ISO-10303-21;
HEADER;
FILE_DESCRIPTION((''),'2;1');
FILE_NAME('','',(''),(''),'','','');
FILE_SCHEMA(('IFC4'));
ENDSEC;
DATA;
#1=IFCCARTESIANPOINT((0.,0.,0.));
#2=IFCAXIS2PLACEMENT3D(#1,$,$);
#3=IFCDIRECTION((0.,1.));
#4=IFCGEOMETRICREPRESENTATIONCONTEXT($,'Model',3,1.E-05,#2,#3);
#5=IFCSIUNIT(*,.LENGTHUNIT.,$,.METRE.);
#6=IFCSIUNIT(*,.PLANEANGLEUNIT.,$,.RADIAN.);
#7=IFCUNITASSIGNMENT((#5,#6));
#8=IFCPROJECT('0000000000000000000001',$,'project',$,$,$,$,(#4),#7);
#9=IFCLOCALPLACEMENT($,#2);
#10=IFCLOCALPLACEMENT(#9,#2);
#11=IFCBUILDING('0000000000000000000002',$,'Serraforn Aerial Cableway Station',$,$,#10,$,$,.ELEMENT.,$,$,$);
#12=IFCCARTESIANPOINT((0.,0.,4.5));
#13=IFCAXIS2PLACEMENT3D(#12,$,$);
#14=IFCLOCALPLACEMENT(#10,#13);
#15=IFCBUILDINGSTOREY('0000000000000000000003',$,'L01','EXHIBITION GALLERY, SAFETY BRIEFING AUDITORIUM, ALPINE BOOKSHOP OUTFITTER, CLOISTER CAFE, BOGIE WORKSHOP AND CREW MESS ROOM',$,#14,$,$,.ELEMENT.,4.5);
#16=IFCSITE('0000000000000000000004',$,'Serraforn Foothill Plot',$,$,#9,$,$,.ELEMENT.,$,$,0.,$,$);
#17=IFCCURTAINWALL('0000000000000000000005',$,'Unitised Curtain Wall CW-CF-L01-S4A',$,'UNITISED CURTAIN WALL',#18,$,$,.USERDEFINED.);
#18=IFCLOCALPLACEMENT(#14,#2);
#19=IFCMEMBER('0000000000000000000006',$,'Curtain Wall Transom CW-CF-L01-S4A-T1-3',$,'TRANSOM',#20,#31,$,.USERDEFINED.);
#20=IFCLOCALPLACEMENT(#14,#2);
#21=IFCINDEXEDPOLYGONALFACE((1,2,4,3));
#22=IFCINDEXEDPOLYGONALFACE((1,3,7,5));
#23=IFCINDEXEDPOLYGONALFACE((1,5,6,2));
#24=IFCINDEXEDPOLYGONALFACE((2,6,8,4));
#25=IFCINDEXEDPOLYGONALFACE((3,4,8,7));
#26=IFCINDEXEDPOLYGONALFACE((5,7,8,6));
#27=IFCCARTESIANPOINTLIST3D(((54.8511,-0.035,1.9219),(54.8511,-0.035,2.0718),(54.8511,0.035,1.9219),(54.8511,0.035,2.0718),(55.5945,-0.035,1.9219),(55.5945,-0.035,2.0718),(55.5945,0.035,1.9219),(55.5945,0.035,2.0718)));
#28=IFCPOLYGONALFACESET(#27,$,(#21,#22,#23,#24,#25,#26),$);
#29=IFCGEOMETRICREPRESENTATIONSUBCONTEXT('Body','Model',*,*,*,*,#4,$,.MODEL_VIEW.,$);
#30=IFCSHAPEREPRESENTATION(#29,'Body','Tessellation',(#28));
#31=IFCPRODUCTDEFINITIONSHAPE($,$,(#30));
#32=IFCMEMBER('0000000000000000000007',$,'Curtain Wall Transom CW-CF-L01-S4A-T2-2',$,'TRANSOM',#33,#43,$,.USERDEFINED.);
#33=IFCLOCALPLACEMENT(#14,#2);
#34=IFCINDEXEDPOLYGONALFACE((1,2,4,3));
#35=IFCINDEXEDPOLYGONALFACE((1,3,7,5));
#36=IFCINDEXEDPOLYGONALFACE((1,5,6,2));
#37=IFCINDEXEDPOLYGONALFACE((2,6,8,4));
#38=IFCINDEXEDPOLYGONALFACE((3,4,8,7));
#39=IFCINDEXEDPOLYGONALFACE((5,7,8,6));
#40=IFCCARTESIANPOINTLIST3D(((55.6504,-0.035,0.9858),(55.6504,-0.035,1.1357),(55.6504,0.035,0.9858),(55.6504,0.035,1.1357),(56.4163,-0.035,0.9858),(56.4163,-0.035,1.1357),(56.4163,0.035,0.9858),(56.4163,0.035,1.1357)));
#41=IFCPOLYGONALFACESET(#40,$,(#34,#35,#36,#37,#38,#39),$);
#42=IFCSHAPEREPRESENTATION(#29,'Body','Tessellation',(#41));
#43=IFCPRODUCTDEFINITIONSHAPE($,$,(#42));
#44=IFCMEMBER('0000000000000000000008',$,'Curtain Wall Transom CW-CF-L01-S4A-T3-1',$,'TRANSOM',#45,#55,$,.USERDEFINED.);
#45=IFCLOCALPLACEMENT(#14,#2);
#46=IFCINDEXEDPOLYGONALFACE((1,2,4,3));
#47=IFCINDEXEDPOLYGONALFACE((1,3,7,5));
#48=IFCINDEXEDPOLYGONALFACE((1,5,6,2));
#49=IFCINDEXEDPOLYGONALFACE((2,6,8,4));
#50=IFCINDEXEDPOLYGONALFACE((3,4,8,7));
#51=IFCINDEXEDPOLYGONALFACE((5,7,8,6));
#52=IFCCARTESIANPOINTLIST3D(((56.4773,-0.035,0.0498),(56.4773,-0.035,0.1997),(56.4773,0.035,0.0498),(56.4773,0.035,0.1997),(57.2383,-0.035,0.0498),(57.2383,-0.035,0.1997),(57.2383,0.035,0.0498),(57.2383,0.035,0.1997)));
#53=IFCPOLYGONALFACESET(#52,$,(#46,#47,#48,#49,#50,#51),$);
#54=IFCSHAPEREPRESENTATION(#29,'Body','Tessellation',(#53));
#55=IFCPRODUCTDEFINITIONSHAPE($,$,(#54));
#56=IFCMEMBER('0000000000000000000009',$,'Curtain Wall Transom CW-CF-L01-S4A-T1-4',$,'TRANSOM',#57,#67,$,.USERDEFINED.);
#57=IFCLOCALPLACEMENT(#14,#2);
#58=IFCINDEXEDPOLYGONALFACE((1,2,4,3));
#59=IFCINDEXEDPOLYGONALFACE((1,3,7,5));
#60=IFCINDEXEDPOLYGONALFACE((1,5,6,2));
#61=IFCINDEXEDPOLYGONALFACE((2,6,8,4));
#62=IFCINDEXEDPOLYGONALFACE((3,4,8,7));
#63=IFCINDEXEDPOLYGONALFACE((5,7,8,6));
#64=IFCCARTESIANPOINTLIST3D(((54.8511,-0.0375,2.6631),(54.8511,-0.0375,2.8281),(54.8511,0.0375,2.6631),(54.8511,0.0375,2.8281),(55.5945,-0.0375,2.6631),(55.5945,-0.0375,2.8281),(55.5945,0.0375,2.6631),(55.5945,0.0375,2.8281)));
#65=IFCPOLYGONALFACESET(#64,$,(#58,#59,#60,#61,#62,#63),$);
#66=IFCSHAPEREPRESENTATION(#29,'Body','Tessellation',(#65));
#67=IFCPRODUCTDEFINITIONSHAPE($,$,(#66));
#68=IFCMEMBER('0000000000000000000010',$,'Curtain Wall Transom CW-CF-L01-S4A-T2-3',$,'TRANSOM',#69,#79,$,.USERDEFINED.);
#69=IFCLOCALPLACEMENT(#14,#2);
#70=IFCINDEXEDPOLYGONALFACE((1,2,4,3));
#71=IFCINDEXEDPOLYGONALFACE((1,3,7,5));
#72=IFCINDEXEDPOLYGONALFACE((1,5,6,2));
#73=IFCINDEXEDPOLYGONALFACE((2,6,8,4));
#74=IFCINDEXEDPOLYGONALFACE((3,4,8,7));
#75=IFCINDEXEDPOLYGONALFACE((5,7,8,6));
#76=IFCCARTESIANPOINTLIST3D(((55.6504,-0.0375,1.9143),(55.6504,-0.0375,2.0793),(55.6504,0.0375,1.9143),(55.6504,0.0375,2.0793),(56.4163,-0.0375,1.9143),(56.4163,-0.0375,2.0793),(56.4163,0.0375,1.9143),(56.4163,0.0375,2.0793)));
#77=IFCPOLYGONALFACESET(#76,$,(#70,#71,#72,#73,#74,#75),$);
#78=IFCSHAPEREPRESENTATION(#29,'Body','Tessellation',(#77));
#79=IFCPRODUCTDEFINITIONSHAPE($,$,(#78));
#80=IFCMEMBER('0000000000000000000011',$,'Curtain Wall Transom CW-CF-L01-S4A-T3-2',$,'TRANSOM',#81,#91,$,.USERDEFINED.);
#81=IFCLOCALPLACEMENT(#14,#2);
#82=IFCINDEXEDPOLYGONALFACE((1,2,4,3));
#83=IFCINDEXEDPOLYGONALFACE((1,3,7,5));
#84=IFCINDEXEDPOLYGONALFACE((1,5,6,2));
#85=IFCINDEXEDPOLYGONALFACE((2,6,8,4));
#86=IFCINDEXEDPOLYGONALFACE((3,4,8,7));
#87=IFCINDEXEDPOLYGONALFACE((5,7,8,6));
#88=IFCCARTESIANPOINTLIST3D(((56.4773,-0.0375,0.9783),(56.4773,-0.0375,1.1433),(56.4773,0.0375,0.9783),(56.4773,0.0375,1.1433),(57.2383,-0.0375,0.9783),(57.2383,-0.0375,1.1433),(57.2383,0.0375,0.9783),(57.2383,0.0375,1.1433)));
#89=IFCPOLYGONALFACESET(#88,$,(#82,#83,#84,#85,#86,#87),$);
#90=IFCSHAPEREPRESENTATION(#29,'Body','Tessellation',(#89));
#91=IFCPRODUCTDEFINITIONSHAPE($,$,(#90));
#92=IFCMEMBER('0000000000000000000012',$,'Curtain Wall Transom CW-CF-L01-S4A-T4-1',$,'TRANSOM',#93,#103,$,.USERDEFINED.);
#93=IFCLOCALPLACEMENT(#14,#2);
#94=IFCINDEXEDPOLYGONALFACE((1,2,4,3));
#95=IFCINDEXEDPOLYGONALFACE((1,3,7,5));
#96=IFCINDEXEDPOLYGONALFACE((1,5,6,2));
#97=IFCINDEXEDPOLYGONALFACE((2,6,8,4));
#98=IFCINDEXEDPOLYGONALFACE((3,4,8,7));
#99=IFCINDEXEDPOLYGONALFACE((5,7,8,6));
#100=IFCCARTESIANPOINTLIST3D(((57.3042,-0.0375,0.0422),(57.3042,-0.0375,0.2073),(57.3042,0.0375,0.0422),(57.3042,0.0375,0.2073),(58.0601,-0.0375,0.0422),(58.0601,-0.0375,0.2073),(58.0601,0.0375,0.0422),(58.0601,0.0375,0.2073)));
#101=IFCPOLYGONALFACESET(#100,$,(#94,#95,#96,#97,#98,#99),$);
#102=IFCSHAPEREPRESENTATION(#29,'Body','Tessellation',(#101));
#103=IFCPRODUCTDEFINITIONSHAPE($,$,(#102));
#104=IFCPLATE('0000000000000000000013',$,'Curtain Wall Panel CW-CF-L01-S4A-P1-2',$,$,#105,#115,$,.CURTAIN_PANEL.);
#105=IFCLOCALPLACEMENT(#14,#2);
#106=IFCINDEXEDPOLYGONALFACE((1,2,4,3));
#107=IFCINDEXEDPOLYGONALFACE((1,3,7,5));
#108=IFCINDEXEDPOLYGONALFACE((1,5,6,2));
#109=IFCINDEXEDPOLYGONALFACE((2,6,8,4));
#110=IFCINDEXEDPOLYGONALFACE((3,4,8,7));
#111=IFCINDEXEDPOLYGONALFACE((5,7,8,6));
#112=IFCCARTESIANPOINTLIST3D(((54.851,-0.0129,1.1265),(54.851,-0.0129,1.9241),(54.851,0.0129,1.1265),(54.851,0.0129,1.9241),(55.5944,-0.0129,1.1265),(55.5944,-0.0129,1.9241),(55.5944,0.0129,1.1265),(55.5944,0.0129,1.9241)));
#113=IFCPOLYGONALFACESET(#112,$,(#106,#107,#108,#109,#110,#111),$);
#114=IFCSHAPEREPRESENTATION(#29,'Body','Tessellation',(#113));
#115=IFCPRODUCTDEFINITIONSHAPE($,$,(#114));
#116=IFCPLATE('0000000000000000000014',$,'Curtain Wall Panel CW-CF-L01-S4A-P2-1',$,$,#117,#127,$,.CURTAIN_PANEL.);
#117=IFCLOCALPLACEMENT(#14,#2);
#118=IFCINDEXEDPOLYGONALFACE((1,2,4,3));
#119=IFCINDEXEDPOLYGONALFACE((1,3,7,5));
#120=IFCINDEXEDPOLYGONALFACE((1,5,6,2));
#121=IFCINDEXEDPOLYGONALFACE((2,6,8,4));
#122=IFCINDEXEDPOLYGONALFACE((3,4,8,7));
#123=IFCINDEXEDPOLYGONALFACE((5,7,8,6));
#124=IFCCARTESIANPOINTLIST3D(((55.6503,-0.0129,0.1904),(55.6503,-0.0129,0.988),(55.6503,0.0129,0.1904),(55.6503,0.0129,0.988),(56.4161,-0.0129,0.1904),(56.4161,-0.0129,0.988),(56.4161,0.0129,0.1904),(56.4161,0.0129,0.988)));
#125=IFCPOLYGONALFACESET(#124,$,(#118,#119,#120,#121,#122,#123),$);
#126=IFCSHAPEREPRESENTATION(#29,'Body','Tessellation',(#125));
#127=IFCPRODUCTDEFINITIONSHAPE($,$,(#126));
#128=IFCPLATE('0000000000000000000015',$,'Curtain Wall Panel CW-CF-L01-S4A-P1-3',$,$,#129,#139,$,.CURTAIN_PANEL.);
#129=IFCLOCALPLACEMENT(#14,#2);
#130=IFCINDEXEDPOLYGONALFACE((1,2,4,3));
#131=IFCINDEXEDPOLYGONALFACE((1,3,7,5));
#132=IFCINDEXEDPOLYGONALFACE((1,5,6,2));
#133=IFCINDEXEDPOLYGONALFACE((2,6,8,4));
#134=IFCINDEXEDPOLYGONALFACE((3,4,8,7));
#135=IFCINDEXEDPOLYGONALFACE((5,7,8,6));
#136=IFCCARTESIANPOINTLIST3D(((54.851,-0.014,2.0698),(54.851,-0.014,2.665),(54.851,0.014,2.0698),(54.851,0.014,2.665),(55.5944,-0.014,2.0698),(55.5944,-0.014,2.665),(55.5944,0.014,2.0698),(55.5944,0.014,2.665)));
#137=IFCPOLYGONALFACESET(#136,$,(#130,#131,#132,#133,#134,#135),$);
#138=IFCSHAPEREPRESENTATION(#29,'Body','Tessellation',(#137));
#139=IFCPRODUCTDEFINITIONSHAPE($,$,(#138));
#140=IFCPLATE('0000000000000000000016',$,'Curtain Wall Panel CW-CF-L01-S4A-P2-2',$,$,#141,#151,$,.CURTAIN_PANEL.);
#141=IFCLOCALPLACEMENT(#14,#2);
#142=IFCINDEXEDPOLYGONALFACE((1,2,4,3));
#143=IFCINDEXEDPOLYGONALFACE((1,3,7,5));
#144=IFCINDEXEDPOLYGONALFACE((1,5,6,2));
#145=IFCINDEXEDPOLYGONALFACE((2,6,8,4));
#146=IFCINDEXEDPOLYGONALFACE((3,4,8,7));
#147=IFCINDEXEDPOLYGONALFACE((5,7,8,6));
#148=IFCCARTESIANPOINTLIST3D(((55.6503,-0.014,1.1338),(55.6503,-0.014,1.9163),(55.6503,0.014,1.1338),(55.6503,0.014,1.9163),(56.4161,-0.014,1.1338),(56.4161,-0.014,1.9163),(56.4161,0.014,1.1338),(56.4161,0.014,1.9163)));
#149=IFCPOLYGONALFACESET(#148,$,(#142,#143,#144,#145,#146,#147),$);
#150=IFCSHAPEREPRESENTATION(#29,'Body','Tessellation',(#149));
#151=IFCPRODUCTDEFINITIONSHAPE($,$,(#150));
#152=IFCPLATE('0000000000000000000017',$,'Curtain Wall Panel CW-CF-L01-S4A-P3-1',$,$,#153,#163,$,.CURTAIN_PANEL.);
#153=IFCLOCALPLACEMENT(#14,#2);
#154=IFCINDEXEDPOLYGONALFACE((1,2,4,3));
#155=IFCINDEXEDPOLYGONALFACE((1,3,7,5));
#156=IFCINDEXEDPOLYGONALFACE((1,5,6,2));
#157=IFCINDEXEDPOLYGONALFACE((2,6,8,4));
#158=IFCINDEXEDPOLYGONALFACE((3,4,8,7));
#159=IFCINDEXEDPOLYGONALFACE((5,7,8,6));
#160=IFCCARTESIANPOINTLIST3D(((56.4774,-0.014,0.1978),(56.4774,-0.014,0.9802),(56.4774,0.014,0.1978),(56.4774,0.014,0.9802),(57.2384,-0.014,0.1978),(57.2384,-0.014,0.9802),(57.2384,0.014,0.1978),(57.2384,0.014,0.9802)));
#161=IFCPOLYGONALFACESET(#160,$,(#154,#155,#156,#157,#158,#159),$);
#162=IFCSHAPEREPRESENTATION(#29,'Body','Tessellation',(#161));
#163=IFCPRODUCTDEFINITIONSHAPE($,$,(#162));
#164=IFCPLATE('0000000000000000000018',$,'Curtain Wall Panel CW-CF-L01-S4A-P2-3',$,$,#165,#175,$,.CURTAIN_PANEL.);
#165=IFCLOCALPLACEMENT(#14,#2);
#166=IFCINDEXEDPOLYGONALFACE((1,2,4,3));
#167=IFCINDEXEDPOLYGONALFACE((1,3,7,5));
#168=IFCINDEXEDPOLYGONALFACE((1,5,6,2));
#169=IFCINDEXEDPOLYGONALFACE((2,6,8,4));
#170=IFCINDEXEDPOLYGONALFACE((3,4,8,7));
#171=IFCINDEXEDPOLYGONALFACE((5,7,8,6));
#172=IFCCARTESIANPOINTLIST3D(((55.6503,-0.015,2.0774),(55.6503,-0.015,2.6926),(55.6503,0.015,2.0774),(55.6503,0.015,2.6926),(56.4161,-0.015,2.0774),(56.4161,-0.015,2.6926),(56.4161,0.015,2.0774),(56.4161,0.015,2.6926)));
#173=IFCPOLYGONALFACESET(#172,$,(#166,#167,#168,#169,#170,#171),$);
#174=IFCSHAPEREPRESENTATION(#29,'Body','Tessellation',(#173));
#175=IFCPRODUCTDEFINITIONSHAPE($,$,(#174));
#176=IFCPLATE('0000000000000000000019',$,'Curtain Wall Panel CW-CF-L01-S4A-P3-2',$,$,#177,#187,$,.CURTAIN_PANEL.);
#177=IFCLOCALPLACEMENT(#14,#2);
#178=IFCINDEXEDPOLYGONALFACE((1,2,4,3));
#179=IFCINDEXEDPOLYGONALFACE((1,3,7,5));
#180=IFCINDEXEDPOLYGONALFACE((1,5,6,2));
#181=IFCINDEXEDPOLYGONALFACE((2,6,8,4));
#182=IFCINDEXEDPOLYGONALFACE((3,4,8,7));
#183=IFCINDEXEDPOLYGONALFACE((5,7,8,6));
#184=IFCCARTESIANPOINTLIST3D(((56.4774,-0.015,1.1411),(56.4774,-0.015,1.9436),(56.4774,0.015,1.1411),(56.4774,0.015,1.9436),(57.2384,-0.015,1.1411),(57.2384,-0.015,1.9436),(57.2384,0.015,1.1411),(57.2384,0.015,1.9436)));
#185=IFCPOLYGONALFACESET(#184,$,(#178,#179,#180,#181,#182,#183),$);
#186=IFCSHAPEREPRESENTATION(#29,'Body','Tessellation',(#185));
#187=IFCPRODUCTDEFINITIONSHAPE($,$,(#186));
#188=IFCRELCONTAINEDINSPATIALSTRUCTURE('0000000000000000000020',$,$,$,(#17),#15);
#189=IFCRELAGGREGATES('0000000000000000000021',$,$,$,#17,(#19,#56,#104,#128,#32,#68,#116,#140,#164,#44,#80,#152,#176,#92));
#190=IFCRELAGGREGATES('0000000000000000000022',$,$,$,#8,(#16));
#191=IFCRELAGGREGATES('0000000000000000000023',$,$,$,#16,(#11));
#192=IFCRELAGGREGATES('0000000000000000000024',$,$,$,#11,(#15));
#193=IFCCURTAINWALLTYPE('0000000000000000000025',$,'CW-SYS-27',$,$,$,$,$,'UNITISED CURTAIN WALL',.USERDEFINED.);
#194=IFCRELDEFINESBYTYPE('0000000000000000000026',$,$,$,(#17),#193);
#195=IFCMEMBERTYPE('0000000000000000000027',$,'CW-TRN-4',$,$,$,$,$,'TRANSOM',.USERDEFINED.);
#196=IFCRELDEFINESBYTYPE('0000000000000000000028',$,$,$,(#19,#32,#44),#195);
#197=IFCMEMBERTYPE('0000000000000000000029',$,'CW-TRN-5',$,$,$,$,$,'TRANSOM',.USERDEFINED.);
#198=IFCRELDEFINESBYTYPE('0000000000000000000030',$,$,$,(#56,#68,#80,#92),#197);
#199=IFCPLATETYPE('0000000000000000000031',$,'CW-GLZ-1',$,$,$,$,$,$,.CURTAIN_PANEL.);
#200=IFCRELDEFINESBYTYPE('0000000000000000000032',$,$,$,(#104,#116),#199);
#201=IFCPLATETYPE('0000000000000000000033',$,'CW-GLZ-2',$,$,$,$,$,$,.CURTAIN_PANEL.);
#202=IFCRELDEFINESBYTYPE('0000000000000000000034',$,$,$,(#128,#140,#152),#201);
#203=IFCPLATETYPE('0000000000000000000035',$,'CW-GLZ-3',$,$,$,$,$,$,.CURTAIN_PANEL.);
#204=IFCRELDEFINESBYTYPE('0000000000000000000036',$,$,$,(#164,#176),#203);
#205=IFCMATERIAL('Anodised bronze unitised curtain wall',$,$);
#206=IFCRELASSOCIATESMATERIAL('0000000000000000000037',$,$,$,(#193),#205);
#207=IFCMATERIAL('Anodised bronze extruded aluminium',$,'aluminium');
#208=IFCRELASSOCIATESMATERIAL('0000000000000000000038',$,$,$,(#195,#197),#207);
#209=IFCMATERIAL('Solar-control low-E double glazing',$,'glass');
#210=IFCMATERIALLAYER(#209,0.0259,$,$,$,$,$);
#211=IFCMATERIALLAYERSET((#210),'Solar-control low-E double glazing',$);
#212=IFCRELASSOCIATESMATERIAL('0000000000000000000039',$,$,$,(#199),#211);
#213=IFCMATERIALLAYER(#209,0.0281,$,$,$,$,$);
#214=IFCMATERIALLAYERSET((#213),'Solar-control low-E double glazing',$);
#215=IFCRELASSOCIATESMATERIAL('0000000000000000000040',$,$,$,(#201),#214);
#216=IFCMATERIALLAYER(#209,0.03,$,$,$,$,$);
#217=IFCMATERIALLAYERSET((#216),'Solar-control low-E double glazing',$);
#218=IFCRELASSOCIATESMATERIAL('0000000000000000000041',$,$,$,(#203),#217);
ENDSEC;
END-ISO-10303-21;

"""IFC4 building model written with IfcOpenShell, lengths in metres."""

from ifc_helpers import new_model, si_unit, direction, frame, origin, origin_2d, place, context, subcontext, project, spatial, rectangle, extrude, material, layer, layer_set, material_profile, profile_set, type_object, element, aggregate, save


model = new_model("IFC4")

# Units and contexts
model_context = context("Model", 3, precision=1e-05, world=origin(), true_north=direction((0.0, 1.0)))
body_context = subcontext(model_context, "Body", "Model", "MODEL_VIEW")
ifc_project = project(units=[si_unit("LENGTHUNIT", "METRE"), si_unit("PLANEANGLEUNIT", "RADIAN")], contexts=[model_context])

# Site, building, storey
site_placement = place(None, origin())
site = spatial("IfcSite", under=ifc_project, at=site_placement, Name="Serraforn Foothill Plot", CompositionType="ELEMENT", RefElevation=0.0)
building_placement = place(site_placement, origin())
building = spatial("IfcBuilding", under=site, at=building_placement, Name="Serraforn Aerial Cableway Station", CompositionType="ELEMENT")
storey_placement = place(building_placement, frame((0.0, 0.0, 4.5)))
storey = spatial("IfcBuildingStorey", under=building, at=storey_placement, Name="L01", Description="EXHIBITION GALLERY, SAFETY BRIEFING AUDITORIUM, ALPINE BOOKSHOP OUTFITTER, CLOISTER CAFE, BOGIE WORKSHOP AND CREW MESS ROOM", CompositionType="ELEMENT", Elevation=4.5)

# Curtain wall, members, plates
ifc_material_1 = material(Name="Anodised bronze unitised curtain wall")
curtain_wall_type = type_object("IfcCurtainWallType", Name="CW-SYS-27", ElementType="UNITISED CURTAIN WALL", PredefinedType="USERDEFINED", material=ifc_material_1)
curtain_wall_placement = place(storey_placement, origin())
curtain_wall = element("IfcCurtainWall", 1, at=curtain_wall_placement, inside=storey, type_object=curtain_wall_type, Name="Unitised Curtain Wall CW-CF-L01-S4A", ObjectType="UNITISED CURTAIN WALL", PredefinedType="USERDEFINED")
ifc_material_2 = material(Name="Anodised bronze extruded aluminium", Category="aluminium")
ifc_material_profile_1 = material_profile(ifc_material_2, rectangle(XDim=0.0701, YDim=0.1499, at=origin_2d()), Name="CW TRANSOM 70x150")
ifc_profile_set_1 = profile_set([ifc_material_profile_1], Name="Anodised bronze extruded aluminium")
member_type_1 = type_object("IfcMemberType", Name="CW-TRN-4", ElementType="TRANSOM", PredefinedType="USERDEFINED", material=ifc_profile_set_1)
member_1_placement = place(storey_placement, frame((54.8511, 0.0, 1.9968), z_axis=(1.0, 0.0, 0.0), x_axis=(0.0, 1.0, 0.0)))
member_1 = element("IfcMember", 2, at=member_1_placement, type_object=member_type_1, Name="Curtain Wall Transom CW-CF-L01-S4A-T1-3", ObjectType="TRANSOM", PredefinedType="USERDEFINED", context=body_context, shape_type="SweptSolid", body=[
    extrude(rectangle(XDim=0.0701, YDim=0.1499, at=origin_2d()), origin(), (0.0, 0.0, 1.0), 0.7434),
])
member_2_placement = place(storey_placement, frame((55.6504, 0.0, 1.0608), z_axis=(1.0, 0.0, 0.0), x_axis=(0.0, 1.0, 0.0)))
member_2 = element("IfcMember", 3, at=member_2_placement, type_object=member_type_1, Name="Curtain Wall Transom CW-CF-L01-S4A-T2-2", ObjectType="TRANSOM", PredefinedType="USERDEFINED", context=body_context, shape_type="SweptSolid", body=[
    extrude(rectangle(XDim=0.0701, YDim=0.1499, at=origin_2d()), origin(), (0.0, 0.0, 1.0), 0.7659),
])
member_3_placement = place(storey_placement, frame((56.4773, 0.0, 0.1248), z_axis=(1.0, 0.0, 0.0), x_axis=(0.0, 1.0, 0.0)))
member_3 = element("IfcMember", 4, at=member_3_placement, type_object=member_type_1, Name="Curtain Wall Transom CW-CF-L01-S4A-T3-1", ObjectType="TRANSOM", PredefinedType="USERDEFINED", context=body_context, shape_type="SweptSolid", body=[
    extrude(rectangle(XDim=0.0701, YDim=0.1499, at=origin_2d()), origin(), (0.0, 0.0, 1.0), 0.761),
])
ifc_material_profile_2 = material_profile(ifc_material_2, rectangle(XDim=0.075, YDim=0.165, at=origin_2d()), Name="CW TRANSOM 75x165")
ifc_profile_set_2 = profile_set([ifc_material_profile_2], Name="Anodised bronze extruded aluminium")
member_type_2 = type_object("IfcMemberType", Name="CW-TRN-5", ElementType="TRANSOM", PredefinedType="USERDEFINED", material=ifc_profile_set_2)
member_4_placement = place(storey_placement, frame((54.8511, 0.0, 2.7456), z_axis=(1.0, 0.0, 0.0), x_axis=(0.0, 1.0, 0.0)))
member_4 = element("IfcMember", 5, at=member_4_placement, type_object=member_type_2, Name="Curtain Wall Transom CW-CF-L01-S4A-T1-4", ObjectType="TRANSOM", PredefinedType="USERDEFINED", context=body_context, shape_type="SweptSolid", body=[
    extrude(rectangle(XDim=0.075, YDim=0.165, at=origin_2d()), origin(), (0.0, 0.0, 1.0), 0.7434),
])
member_5_placement = place(storey_placement, frame((55.6504, 0.0, 1.9968), z_axis=(1.0, 0.0, 0.0), x_axis=(0.0, 1.0, 0.0)))
member_5 = element("IfcMember", 6, at=member_5_placement, type_object=member_type_2, Name="Curtain Wall Transom CW-CF-L01-S4A-T2-3", ObjectType="TRANSOM", PredefinedType="USERDEFINED", context=body_context, shape_type="SweptSolid", body=[
    extrude(rectangle(XDim=0.075, YDim=0.165, at=origin_2d()), origin(), (0.0, 0.0, 1.0), 0.7659),
])
member_6_placement = place(storey_placement, frame((56.4773, 0.0, 1.0608), z_axis=(1.0, 0.0, 0.0), x_axis=(0.0, 1.0, 0.0)))
member_6 = element("IfcMember", 7, at=member_6_placement, type_object=member_type_2, Name="Curtain Wall Transom CW-CF-L01-S4A-T3-2", ObjectType="TRANSOM", PredefinedType="USERDEFINED", context=body_context, shape_type="SweptSolid", body=[
    extrude(rectangle(XDim=0.075, YDim=0.165, at=origin_2d()), origin(), (0.0, 0.0, 1.0), 0.761),
])
member_7_placement = place(storey_placement, frame((57.3042, 0.0, 0.1248), z_axis=(1.0, 0.0, 0.0), x_axis=(0.0, 1.0, 0.0)))
member_7 = element("IfcMember", 8, at=member_7_placement, type_object=member_type_2, Name="Curtain Wall Transom CW-CF-L01-S4A-T4-1", ObjectType="TRANSOM", PredefinedType="USERDEFINED", context=body_context, shape_type="SweptSolid", body=[
    extrude(rectangle(XDim=0.075, YDim=0.165, at=origin_2d()), origin(), (0.0, 0.0, 1.0), 0.7559),
])
ifc_material_3 = material(Name="Solar-control low-E double glazing", Category="glass")
ifc_layer_1 = layer(ifc_material_3, 0.0259)
ifc_layer_set_1 = layer_set([ifc_layer_1], Name="Solar-control low-E double glazing")
plate_type_1 = type_object("IfcPlateType", Name="CW-GLZ-1", PredefinedType="CURTAIN_PANEL", material=ifc_layer_set_1)
plate_1_placement = place(storey_placement, frame((55.2227, 0.0, 1.1265), z_axis=(0.0, 0.0, 1.0), x_axis=(1.0, 0.0, 0.0)))
plate_1 = element("IfcPlate", 9, at=plate_1_placement, type_object=plate_type_1, Name="Curtain Wall Panel CW-CF-L01-S4A-P1-2", PredefinedType="CURTAIN_PANEL", context=body_context, shape_type="SweptSolid", body=[
    extrude(rectangle(XDim=0.7434, YDim=0.0259, at=origin_2d()), origin(), (0.0, 0.0, 1.0), 0.7976),
])
plate_2_placement = place(storey_placement, frame((56.0332, 0.0, 0.1904), z_axis=(0.0, 0.0, 1.0), x_axis=(1.0, 0.0, 0.0)))
plate_2 = element("IfcPlate", 10, at=plate_2_placement, type_object=plate_type_1, Name="Curtain Wall Panel CW-CF-L01-S4A-P2-1", PredefinedType="CURTAIN_PANEL", context=body_context, shape_type="SweptSolid", body=[
    extrude(rectangle(XDim=0.7659, YDim=0.0259, at=origin_2d()), origin(), (0.0, 0.0, 1.0), 0.7976),
])
ifc_layer_2 = layer(ifc_material_3, 0.0281)
ifc_layer_set_2 = layer_set([ifc_layer_2], Name="Solar-control low-E double glazing")
plate_type_2 = type_object("IfcPlateType", Name="CW-GLZ-2", PredefinedType="CURTAIN_PANEL", material=ifc_layer_set_2)
plate_3_placement = place(storey_placement, frame((55.2227, 0.0, 2.0698), z_axis=(0.0, 0.0, 1.0), x_axis=(1.0, 0.0, 0.0)))
plate_3 = element("IfcPlate", 11, at=plate_3_placement, type_object=plate_type_2, Name="Curtain Wall Panel CW-CF-L01-S4A-P1-3", PredefinedType="CURTAIN_PANEL", context=body_context, shape_type="SweptSolid", body=[
    extrude(rectangle(XDim=0.7434, YDim=0.0281, at=origin_2d()), origin(), (0.0, 0.0, 1.0), 0.5952),
])
plate_4_placement = place(storey_placement, frame((56.0332, 0.0, 1.1338), z_axis=(0.0, 0.0, 1.0), x_axis=(1.0, 0.0, 0.0)))
plate_4 = element("IfcPlate", 12, at=plate_4_placement, type_object=plate_type_2, Name="Curtain Wall Panel CW-CF-L01-S4A-P2-2", PredefinedType="CURTAIN_PANEL", context=body_context, shape_type="SweptSolid", body=[
    extrude(rectangle(XDim=0.7659, YDim=0.0281, at=origin_2d()), origin(), (0.0, 0.0, 1.0), 0.7825),
])
plate_5_placement = place(storey_placement, frame((56.8579, 0.0, 0.1978), z_axis=(0.0, 0.0, 1.0), x_axis=(1.0, 0.0, 0.0)))
plate_5 = element("IfcPlate", 13, at=plate_5_placement, type_object=plate_type_2, Name="Curtain Wall Panel CW-CF-L01-S4A-P3-1", PredefinedType="CURTAIN_PANEL", context=body_context, shape_type="SweptSolid", body=[
    extrude(rectangle(XDim=0.761, YDim=0.0281, at=origin_2d()), origin(), (0.0, 0.0, 1.0), 0.7825),
])
ifc_layer_3 = layer(ifc_material_3, 0.03)
ifc_layer_set_3 = layer_set([ifc_layer_3], Name="Solar-control low-E double glazing")
plate_type_3 = type_object("IfcPlateType", Name="CW-GLZ-3", PredefinedType="CURTAIN_PANEL", material=ifc_layer_set_3)
plate_6_placement = place(storey_placement, frame((56.0332, 0.0, 2.0774), z_axis=(0.0, 0.0, 1.0), x_axis=(1.0, 0.0, 0.0)))
plate_6 = element("IfcPlate", 14, at=plate_6_placement, type_object=plate_type_3, Name="Curtain Wall Panel CW-CF-L01-S4A-P2-3", PredefinedType="CURTAIN_PANEL", context=body_context, shape_type="SweptSolid", body=[
    extrude(rectangle(XDim=0.7659, YDim=0.03, at=origin_2d()), origin(), (0.0, 0.0, 1.0), 0.6152),
])
plate_7_placement = place(storey_placement, frame((56.8579, 0.0, 1.1411), z_axis=(0.0, 0.0, 1.0), x_axis=(1.0, 0.0, 0.0)))
plate_7 = element("IfcPlate", 15, at=plate_7_placement, type_object=plate_type_3, Name="Curtain Wall Panel CW-CF-L01-S4A-P3-2", PredefinedType="CURTAIN_PANEL", context=body_context, shape_type="SweptSolid", body=[
    extrude(rectangle(XDim=0.761, YDim=0.03, at=origin_2d()), origin(), (0.0, 0.0, 1.0), 0.8025),
])
aggregate(curtain_wall, [member_1, member_4, plate_1, plate_3, member_2, member_5, plate_2, plate_4, plate_6, member_3, member_6, plate_5, plate_7, member_7])

save(model, "model.ifc")
